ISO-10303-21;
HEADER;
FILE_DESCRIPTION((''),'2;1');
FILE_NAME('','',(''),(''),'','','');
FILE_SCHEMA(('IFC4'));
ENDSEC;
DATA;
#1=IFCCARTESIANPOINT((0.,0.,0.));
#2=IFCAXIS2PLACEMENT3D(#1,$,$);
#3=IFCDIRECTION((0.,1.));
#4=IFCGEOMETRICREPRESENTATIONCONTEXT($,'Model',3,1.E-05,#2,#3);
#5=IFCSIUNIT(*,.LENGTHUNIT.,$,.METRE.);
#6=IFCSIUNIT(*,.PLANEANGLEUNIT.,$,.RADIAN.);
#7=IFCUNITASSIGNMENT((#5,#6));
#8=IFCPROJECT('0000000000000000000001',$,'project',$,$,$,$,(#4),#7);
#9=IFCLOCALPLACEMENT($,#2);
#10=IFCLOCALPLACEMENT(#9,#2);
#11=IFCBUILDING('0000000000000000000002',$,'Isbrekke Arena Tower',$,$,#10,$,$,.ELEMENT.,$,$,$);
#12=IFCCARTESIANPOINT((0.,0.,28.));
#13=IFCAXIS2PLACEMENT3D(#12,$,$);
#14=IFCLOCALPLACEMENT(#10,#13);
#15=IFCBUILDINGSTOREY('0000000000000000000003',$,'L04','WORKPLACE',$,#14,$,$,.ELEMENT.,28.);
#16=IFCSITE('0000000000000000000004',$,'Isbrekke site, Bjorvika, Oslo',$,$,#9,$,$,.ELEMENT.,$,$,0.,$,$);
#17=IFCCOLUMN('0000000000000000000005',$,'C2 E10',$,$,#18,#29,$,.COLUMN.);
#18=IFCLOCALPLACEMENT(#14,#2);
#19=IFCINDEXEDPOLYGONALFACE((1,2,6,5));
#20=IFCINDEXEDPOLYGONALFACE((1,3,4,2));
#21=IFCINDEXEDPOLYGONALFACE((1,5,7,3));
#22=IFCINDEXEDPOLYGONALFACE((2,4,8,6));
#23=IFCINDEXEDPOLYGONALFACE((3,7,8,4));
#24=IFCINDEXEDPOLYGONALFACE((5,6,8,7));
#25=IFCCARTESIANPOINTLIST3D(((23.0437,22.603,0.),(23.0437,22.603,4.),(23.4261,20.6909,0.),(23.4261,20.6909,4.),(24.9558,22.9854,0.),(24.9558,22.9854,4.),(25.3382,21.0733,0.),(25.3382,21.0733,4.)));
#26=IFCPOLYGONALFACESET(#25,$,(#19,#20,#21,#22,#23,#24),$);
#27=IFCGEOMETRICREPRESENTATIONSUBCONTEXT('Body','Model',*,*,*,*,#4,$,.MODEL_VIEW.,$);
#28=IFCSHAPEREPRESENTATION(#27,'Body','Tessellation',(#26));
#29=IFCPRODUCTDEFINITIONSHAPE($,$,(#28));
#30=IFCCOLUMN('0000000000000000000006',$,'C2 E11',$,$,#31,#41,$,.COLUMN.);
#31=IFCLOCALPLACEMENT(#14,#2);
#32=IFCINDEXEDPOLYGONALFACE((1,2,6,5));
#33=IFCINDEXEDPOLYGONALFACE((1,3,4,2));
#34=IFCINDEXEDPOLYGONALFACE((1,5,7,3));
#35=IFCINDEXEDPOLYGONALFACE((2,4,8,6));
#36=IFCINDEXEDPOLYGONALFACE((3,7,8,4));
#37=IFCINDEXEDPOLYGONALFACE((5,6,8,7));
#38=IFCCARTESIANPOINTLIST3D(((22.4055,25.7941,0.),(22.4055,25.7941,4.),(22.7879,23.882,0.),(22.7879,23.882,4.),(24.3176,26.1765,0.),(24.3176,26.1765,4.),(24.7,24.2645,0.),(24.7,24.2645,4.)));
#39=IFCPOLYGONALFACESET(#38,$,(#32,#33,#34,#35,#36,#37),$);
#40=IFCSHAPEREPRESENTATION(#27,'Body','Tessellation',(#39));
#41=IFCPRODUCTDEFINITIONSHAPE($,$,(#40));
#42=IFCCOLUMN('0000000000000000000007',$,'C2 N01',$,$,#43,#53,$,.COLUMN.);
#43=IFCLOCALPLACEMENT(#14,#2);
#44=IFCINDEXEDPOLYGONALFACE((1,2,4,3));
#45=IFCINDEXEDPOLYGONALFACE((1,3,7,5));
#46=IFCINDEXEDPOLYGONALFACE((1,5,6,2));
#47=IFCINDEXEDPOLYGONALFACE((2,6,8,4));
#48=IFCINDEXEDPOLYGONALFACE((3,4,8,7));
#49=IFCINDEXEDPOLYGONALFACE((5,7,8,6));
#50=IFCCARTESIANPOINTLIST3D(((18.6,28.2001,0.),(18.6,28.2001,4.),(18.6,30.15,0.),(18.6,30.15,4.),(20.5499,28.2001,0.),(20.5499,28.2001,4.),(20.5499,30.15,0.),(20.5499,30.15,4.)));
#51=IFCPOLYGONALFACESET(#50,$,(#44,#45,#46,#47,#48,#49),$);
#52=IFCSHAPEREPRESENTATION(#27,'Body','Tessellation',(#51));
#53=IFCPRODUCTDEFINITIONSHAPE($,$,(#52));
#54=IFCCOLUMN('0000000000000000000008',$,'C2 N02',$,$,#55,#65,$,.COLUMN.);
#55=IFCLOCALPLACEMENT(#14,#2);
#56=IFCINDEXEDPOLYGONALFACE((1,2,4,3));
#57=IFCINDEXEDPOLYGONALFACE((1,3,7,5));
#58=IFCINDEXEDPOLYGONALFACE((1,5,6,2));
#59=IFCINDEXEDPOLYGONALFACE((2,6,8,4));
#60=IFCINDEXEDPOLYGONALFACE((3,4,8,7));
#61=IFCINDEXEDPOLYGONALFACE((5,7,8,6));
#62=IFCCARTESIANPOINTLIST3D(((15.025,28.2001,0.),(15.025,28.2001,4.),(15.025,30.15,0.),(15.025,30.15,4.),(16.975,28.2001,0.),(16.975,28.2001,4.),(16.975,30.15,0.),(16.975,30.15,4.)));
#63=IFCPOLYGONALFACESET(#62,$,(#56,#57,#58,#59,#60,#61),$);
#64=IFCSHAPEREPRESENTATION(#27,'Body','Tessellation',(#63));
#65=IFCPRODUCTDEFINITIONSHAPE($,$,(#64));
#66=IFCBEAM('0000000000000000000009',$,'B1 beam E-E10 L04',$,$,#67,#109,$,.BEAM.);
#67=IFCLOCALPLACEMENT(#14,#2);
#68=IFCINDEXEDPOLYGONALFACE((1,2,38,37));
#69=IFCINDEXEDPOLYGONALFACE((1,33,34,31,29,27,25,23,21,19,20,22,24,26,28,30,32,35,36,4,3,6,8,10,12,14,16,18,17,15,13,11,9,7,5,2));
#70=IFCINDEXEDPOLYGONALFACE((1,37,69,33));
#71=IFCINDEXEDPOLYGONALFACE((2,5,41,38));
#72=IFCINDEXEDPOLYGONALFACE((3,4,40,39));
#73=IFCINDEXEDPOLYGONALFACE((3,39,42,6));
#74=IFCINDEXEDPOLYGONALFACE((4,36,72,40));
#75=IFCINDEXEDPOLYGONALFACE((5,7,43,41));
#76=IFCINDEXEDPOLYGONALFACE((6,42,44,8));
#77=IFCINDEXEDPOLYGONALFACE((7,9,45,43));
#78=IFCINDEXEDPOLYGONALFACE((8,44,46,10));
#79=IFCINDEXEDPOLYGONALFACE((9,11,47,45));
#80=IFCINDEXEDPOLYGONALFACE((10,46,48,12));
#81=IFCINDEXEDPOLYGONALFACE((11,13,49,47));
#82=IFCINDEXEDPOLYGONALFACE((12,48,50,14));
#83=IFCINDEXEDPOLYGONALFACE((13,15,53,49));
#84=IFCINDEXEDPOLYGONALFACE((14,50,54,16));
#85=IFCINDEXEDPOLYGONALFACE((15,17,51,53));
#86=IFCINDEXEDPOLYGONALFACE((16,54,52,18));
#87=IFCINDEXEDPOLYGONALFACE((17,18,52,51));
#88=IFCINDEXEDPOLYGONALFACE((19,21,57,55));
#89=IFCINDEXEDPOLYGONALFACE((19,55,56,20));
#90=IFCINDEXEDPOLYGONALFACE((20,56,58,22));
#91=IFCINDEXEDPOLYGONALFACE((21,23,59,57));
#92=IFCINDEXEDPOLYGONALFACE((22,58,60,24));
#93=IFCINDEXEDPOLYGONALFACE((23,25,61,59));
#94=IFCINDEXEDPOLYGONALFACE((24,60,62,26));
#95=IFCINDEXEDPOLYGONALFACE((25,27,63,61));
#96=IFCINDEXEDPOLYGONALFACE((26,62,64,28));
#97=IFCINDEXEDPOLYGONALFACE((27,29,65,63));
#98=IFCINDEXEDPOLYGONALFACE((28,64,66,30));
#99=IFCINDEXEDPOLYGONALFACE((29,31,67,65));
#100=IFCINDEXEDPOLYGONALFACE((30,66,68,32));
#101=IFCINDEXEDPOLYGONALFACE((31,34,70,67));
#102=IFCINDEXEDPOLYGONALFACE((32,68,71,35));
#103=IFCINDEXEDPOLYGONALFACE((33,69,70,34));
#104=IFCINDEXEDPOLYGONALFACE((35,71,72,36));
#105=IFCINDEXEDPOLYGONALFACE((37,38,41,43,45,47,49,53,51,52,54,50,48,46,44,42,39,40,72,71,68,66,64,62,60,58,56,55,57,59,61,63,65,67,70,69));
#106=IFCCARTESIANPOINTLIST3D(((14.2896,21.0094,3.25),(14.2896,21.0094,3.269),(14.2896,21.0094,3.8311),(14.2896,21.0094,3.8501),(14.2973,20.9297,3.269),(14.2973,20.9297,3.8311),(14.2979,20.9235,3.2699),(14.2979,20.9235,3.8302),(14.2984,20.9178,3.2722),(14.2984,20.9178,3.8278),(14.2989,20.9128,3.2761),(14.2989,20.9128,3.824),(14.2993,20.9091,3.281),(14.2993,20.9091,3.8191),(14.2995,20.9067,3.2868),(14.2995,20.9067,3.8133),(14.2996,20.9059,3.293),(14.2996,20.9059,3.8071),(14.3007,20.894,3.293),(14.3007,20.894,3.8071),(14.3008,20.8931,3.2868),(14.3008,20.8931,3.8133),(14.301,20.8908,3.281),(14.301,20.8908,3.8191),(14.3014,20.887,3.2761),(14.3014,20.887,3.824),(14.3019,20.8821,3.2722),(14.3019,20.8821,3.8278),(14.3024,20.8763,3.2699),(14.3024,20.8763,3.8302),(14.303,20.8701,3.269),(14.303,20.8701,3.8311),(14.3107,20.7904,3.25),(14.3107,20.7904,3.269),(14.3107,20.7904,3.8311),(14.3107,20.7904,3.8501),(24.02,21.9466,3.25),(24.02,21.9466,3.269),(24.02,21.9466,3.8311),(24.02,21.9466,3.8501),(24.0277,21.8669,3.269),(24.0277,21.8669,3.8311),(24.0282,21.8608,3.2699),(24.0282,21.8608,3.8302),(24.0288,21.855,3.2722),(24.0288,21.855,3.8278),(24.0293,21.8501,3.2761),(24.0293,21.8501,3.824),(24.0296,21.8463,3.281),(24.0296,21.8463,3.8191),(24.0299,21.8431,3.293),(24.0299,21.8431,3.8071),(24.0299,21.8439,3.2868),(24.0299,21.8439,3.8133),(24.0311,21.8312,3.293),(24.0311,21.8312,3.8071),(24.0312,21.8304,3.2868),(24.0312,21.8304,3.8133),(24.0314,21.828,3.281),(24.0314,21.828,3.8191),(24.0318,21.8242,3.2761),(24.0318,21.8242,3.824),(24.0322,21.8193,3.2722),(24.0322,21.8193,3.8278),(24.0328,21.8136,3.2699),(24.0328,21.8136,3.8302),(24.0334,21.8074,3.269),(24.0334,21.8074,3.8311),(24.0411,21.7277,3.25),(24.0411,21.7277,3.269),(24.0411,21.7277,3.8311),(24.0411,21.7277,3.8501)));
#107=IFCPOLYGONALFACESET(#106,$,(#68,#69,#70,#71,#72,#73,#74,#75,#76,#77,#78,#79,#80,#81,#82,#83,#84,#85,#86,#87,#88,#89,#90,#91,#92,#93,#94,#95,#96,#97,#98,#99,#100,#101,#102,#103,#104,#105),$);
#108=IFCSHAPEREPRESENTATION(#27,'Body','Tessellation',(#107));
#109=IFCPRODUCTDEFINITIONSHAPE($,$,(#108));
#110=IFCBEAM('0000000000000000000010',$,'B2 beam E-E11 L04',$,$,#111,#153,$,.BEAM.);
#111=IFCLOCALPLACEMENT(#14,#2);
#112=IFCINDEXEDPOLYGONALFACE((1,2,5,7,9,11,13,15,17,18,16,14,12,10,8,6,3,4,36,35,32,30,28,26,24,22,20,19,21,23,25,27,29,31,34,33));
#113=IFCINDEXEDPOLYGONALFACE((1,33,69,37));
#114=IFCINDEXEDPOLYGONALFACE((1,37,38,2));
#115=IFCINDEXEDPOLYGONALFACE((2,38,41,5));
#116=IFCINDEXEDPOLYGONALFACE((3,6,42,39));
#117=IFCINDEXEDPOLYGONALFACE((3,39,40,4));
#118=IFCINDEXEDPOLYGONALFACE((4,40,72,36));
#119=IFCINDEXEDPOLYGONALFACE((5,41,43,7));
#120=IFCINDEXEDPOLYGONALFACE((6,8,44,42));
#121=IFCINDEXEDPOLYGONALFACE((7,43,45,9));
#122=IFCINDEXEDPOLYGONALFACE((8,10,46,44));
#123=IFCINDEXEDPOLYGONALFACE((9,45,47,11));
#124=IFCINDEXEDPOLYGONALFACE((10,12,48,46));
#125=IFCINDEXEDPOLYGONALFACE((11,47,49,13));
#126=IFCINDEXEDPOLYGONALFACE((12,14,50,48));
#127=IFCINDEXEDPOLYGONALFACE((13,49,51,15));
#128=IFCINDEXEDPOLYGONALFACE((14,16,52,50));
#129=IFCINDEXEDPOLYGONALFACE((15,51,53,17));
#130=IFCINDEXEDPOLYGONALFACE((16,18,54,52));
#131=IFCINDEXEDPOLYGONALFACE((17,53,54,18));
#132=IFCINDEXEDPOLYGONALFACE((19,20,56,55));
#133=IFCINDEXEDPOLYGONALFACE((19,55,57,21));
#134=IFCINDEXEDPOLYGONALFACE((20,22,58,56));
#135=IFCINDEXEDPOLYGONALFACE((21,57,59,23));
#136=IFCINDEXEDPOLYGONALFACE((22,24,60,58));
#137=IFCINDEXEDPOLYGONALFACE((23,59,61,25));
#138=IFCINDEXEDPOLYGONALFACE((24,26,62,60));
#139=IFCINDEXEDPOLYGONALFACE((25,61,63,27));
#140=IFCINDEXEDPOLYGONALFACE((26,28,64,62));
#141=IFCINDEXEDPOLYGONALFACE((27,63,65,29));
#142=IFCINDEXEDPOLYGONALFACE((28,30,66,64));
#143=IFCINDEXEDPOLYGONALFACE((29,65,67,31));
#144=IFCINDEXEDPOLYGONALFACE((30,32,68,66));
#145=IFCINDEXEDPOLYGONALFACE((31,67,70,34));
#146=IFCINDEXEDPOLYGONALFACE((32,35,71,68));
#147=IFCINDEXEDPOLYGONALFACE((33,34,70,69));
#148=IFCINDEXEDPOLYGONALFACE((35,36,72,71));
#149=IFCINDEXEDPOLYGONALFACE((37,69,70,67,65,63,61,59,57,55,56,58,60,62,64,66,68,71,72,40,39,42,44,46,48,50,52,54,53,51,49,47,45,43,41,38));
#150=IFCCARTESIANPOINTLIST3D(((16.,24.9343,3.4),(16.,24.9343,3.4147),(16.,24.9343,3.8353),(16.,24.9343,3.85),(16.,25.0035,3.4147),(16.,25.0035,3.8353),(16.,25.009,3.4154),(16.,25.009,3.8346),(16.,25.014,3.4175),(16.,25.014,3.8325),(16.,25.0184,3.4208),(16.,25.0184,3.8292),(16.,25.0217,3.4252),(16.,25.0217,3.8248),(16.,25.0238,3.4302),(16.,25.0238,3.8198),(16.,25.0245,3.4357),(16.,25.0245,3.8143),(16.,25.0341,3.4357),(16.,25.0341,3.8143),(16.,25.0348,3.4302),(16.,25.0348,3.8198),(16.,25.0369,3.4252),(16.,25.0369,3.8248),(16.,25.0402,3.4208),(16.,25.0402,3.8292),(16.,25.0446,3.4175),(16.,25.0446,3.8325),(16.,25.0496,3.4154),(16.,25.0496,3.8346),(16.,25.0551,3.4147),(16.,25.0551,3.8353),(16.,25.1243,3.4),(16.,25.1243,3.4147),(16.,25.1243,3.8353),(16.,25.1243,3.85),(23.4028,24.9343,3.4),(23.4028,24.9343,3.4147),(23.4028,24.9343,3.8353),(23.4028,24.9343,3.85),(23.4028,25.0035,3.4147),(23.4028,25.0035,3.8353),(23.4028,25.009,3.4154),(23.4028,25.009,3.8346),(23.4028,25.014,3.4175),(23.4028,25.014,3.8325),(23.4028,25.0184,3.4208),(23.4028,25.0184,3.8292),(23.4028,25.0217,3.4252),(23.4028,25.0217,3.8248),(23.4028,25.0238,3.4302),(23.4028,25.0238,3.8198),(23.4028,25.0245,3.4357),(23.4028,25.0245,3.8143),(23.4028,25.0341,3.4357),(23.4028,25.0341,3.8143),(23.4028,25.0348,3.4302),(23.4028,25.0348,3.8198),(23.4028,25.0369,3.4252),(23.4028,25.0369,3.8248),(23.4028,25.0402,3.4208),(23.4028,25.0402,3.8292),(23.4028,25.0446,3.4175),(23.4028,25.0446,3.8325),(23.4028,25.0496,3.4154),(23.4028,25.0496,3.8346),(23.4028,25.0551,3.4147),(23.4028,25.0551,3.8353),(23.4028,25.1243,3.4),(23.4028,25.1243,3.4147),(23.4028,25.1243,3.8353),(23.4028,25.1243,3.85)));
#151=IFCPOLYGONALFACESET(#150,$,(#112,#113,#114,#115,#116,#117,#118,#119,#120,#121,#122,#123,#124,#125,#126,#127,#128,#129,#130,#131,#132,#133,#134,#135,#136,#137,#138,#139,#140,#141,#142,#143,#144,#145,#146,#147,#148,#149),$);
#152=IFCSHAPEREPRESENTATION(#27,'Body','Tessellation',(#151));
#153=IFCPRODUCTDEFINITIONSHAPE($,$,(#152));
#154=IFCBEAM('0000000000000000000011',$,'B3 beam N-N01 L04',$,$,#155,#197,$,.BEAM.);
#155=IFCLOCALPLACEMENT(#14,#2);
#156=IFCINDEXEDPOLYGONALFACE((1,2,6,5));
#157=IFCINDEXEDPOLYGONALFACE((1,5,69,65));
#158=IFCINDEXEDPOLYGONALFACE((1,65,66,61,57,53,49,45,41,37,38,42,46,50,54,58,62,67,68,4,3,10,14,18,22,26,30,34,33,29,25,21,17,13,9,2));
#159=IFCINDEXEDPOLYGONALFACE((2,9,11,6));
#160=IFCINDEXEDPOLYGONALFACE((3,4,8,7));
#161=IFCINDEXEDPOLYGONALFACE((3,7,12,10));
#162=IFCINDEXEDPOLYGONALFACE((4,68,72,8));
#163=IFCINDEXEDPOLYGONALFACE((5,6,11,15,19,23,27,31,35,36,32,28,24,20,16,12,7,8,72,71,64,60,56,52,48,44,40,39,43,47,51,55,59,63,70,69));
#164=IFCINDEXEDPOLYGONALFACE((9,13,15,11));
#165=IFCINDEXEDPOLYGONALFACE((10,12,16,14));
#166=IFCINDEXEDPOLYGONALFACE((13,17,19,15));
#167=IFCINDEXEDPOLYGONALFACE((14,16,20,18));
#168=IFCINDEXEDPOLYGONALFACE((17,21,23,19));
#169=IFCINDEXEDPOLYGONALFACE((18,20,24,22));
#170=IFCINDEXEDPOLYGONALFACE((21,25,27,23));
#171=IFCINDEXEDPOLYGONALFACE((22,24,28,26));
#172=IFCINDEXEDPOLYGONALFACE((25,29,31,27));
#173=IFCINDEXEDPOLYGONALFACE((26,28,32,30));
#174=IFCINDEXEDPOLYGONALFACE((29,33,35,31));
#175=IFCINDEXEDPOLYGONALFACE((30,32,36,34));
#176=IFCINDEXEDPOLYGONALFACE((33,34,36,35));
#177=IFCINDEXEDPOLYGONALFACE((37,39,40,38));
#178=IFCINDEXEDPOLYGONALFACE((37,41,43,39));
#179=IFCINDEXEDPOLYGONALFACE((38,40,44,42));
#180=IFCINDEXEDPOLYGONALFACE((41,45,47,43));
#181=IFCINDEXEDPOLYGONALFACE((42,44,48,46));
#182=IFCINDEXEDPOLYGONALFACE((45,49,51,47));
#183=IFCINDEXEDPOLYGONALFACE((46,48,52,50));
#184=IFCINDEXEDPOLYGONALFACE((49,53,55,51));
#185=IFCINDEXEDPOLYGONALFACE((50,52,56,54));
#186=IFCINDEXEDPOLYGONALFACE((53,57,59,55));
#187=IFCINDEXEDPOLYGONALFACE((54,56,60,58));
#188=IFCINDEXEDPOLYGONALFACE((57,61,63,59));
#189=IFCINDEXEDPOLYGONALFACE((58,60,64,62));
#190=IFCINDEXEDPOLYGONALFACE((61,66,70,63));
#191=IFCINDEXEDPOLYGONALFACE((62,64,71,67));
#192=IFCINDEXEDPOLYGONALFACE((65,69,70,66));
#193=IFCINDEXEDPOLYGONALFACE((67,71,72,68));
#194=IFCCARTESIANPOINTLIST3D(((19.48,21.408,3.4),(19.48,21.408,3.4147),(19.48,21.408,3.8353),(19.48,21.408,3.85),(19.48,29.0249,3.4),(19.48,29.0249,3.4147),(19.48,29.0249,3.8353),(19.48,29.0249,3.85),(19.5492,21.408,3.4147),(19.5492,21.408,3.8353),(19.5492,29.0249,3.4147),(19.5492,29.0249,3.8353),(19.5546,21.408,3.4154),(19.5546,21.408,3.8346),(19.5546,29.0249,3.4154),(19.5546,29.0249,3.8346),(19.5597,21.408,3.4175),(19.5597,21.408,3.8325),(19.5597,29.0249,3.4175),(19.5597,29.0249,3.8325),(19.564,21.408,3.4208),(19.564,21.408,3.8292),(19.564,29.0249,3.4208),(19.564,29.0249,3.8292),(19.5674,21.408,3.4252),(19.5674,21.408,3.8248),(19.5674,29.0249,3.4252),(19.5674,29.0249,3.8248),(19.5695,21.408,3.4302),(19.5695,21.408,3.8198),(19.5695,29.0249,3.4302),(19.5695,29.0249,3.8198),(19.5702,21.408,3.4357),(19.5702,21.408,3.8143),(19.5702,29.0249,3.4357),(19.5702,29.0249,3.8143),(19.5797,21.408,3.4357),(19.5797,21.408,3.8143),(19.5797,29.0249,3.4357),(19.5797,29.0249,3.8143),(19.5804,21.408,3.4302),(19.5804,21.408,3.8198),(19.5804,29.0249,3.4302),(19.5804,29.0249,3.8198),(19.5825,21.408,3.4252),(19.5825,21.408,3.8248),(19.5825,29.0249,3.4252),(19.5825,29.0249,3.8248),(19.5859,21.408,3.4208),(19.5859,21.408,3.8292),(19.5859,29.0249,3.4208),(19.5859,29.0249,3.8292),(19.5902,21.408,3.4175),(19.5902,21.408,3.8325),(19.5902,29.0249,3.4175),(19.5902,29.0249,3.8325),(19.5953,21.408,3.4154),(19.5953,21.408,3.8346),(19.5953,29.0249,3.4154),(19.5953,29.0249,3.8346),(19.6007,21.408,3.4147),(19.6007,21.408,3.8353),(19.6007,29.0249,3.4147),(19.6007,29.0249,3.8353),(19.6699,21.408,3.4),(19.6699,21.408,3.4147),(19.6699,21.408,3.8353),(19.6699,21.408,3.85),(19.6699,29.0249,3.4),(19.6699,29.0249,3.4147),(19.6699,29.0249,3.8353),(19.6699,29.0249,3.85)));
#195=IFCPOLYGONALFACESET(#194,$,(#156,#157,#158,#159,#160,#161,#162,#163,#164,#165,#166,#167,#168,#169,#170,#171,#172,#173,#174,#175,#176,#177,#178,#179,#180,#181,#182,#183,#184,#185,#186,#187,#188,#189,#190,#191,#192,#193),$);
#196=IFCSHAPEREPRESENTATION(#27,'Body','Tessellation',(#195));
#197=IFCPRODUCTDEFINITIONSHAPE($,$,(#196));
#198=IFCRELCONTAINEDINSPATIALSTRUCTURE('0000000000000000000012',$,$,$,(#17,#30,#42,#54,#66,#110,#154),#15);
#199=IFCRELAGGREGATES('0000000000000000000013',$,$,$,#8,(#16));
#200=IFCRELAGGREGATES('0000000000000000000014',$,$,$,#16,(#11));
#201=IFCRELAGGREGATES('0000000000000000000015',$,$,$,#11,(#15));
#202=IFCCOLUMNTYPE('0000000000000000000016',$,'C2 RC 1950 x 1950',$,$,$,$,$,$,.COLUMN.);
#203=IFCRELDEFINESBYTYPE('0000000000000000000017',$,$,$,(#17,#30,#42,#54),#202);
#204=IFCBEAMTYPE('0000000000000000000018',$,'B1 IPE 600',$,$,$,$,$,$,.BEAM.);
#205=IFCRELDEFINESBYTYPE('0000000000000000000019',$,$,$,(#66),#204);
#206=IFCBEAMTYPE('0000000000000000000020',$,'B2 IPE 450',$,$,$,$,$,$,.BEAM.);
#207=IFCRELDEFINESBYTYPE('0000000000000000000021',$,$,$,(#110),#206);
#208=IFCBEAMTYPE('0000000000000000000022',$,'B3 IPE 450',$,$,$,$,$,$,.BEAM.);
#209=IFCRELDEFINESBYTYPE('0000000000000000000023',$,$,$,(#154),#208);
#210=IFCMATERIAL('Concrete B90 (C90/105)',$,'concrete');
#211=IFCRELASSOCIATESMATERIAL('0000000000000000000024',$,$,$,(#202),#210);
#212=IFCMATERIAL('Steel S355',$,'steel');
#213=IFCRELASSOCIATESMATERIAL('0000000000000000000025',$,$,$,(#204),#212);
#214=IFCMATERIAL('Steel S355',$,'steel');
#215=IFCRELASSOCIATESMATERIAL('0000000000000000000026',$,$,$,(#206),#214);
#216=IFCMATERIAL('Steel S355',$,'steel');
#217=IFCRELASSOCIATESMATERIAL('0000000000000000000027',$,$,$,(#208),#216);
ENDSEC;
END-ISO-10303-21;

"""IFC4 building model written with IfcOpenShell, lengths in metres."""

from ifc_helpers import new_model, si_unit, direction, frame, origin, origin_2d, place, context, subcontext, project, spatial, rectangle, i_section, extrude, material, material_profile, profile_set, type_object, element, save


model = new_model("IFC4")

# Units and contexts
model_context = context("Model", 3, precision=1e-05, world=origin(), true_north=direction((0.0, 1.0)))
body_context = subcontext(model_context, "Body", "Model", "MODEL_VIEW")
ifc_project = project(units=[si_unit("LENGTHUNIT", "METRE"), si_unit("PLANEANGLEUNIT", "RADIAN")], contexts=[model_context])

# Site, building, storey
site_placement = place(None, origin())
site = spatial("IfcSite", under=ifc_project, at=site_placement, Name="Isbrekke site, Bjorvika, Oslo", CompositionType="ELEMENT", RefElevation=0.0)
building_placement = place(site_placement, origin())
building = spatial("IfcBuilding", under=site, at=building_placement, Name="Isbrekke Arena Tower", CompositionType="ELEMENT")
storey_placement = place(building_placement, frame((0.0, 0.0, 28.0)))
storey = spatial("IfcBuildingStorey", under=building, at=storey_placement, Name="L04", Description="WORKPLACE", CompositionType="ELEMENT", Elevation=28.0)

# Columns
ifc_material_1 = material(Name="Concrete B90 (C90/105)", Category="concrete")
ifc_material_profile_1 = material_profile(ifc_material_1, rectangle(XDim=1.95, YDim=1.95, at=origin_2d()), Name="RC 1950x1950")
ifc_profile_set_1 = profile_set([ifc_material_profile_1], Name="Concrete B90 (C90/105)")
column_type = type_object("IfcColumnType", Name="C2 RC 1950 x 1950", PredefinedType="COLUMN", material=ifc_profile_set_1)
for number, where, z_axis, x_axis, name in (
    (1, (24.1909, 21.8381, 0.0), (0.0, 0.0, 1.0), (-0.196116, 0.980581, 0.0), "C2 E10"),
    (2, (23.5527, 25.0293, 0.0), (0.0, 0.0, 1.0), (-0.196116, 0.980581, 0.0), "C2 E11"),
    (3, (19.575, 29.175, 0.0), (0.0, 0.0, 1.0), (-1.0, 0.0, 0.0), "C2 N01"),
    (4, (16.0, 29.175, 0.0), (0.0, 0.0, 1.0), (-1.0, 0.0, 0.0), "C2 N02"),
):
    element("IfcColumn", number, at=place(storey_placement, frame(where, z_axis=z_axis, x_axis=x_axis)), inside=storey, type_object=column_type, Name=name, PredefinedType="COLUMN", context=body_context, shape_type="SweptSolid", body=[
        extrude(rectangle(XDim=1.95, YDim=1.95, at=origin_2d()), origin(), (0.0, 0.0, 1.0), 4.0),
    ])

# Beams
ifc_material_2 = material(Name="Steel S355", Category="steel")
ifc_material_profile_2 = material_profile(ifc_material_2, i_section(OverallWidth=0.22, OverallDepth=0.6001, WebThickness=0.012, FlangeThickness=0.019, FilletRadius=0.0239, at=origin_2d()), Name="IPE 600")
ifc_profile_set_2 = profile_set([ifc_material_profile_2], Name="Steel S355")
beam_type_1 = type_object("IfcBeamType", Name="B1 IPE 600", PredefinedType="BEAM", material=ifc_profile_set_2)
beam_1_placement = place(storey_placement, frame((24.0305, 21.8372, 3.55), z_axis=(-0.995393, -0.095878, 0.0), x_axis=(0.095878, -0.995393, 0.0)))
element("IfcBeam", 5, at=beam_1_placement, inside=storey, type_object=beam_type_1, Name="B1 beam E-E10 L04", PredefinedType="BEAM", context=body_context, shape_type="SweptSolid", body=[
    extrude(i_section(OverallWidth=0.22, OverallDepth=0.6001, WebThickness=0.012, FlangeThickness=0.019, FilletRadius=0.0239, at=origin_2d()), origin(), (0.0, 0.0, 1.0), 9.7754),
])
ifc_material_3 = material(Name="Steel S355", Category="steel")
ifc_material_profile_3 = material_profile(ifc_material_3, i_section(OverallWidth=0.1899, OverallDepth=0.45, WebThickness=0.0095, FlangeThickness=0.0146, FilletRadius=0.021, at=origin_2d()), Name="IPE 450")
ifc_profile_set_3 = profile_set([ifc_material_profile_3], Name="Steel S355")
beam_type_2 = type_object("IfcBeamType", Name="B2 IPE 450", PredefinedType="BEAM", material=ifc_profile_set_3)
beam_2_placement = place(storey_placement, frame((23.4028, 25.0293, 3.625), z_axis=(-1.0, 0.0, 0.0), x_axis=(0.0, -1.0, 0.0)))
element("IfcBeam", 6, at=beam_2_placement, inside=storey, type_object=beam_type_2, Name="B2 beam E-E11 L04", PredefinedType="BEAM", context=body_context, shape_type="SweptSolid", body=[
    extrude(i_section(OverallWidth=0.1899, OverallDepth=0.45, WebThickness=0.0095, FlangeThickness=0.0146, FilletRadius=0.021, at=origin_2d()), origin(), (0.0, 0.0, 1.0), 7.4028),
])
ifc_material_4 = material(Name="Steel S355", Category="steel")
ifc_material_profile_4 = material_profile(ifc_material_4, i_section(OverallWidth=0.1899, OverallDepth=0.45, WebThickness=0.0095, FlangeThickness=0.0146, FilletRadius=0.021, at=origin_2d()), Name="IPE 450")
ifc_profile_set_4 = profile_set([ifc_material_profile_4], Name="Steel S355")
beam_type_3 = type_object("IfcBeamType", Name="B3 IPE 450", PredefinedType="BEAM", material=ifc_profile_set_4)
beam_3_placement = place(storey_placement, frame((19.575, 29.0249, 3.625), z_axis=(0.0, -1.0, 0.0), x_axis=(1.0, 0.0, 0.0)))
element("IfcBeam", 7, at=beam_3_placement, inside=storey, type_object=beam_type_3, Name="B3 beam N-N01 L04", PredefinedType="BEAM", context=body_context, shape_type="SweptSolid", body=[
    extrude(i_section(OverallWidth=0.1899, OverallDepth=0.45, WebThickness=0.0095, FlangeThickness=0.0146, FilletRadius=0.021, at=origin_2d()), origin(), (0.0, 0.0, 1.0), 7.6169),
])

save(model, "model.ifc")
